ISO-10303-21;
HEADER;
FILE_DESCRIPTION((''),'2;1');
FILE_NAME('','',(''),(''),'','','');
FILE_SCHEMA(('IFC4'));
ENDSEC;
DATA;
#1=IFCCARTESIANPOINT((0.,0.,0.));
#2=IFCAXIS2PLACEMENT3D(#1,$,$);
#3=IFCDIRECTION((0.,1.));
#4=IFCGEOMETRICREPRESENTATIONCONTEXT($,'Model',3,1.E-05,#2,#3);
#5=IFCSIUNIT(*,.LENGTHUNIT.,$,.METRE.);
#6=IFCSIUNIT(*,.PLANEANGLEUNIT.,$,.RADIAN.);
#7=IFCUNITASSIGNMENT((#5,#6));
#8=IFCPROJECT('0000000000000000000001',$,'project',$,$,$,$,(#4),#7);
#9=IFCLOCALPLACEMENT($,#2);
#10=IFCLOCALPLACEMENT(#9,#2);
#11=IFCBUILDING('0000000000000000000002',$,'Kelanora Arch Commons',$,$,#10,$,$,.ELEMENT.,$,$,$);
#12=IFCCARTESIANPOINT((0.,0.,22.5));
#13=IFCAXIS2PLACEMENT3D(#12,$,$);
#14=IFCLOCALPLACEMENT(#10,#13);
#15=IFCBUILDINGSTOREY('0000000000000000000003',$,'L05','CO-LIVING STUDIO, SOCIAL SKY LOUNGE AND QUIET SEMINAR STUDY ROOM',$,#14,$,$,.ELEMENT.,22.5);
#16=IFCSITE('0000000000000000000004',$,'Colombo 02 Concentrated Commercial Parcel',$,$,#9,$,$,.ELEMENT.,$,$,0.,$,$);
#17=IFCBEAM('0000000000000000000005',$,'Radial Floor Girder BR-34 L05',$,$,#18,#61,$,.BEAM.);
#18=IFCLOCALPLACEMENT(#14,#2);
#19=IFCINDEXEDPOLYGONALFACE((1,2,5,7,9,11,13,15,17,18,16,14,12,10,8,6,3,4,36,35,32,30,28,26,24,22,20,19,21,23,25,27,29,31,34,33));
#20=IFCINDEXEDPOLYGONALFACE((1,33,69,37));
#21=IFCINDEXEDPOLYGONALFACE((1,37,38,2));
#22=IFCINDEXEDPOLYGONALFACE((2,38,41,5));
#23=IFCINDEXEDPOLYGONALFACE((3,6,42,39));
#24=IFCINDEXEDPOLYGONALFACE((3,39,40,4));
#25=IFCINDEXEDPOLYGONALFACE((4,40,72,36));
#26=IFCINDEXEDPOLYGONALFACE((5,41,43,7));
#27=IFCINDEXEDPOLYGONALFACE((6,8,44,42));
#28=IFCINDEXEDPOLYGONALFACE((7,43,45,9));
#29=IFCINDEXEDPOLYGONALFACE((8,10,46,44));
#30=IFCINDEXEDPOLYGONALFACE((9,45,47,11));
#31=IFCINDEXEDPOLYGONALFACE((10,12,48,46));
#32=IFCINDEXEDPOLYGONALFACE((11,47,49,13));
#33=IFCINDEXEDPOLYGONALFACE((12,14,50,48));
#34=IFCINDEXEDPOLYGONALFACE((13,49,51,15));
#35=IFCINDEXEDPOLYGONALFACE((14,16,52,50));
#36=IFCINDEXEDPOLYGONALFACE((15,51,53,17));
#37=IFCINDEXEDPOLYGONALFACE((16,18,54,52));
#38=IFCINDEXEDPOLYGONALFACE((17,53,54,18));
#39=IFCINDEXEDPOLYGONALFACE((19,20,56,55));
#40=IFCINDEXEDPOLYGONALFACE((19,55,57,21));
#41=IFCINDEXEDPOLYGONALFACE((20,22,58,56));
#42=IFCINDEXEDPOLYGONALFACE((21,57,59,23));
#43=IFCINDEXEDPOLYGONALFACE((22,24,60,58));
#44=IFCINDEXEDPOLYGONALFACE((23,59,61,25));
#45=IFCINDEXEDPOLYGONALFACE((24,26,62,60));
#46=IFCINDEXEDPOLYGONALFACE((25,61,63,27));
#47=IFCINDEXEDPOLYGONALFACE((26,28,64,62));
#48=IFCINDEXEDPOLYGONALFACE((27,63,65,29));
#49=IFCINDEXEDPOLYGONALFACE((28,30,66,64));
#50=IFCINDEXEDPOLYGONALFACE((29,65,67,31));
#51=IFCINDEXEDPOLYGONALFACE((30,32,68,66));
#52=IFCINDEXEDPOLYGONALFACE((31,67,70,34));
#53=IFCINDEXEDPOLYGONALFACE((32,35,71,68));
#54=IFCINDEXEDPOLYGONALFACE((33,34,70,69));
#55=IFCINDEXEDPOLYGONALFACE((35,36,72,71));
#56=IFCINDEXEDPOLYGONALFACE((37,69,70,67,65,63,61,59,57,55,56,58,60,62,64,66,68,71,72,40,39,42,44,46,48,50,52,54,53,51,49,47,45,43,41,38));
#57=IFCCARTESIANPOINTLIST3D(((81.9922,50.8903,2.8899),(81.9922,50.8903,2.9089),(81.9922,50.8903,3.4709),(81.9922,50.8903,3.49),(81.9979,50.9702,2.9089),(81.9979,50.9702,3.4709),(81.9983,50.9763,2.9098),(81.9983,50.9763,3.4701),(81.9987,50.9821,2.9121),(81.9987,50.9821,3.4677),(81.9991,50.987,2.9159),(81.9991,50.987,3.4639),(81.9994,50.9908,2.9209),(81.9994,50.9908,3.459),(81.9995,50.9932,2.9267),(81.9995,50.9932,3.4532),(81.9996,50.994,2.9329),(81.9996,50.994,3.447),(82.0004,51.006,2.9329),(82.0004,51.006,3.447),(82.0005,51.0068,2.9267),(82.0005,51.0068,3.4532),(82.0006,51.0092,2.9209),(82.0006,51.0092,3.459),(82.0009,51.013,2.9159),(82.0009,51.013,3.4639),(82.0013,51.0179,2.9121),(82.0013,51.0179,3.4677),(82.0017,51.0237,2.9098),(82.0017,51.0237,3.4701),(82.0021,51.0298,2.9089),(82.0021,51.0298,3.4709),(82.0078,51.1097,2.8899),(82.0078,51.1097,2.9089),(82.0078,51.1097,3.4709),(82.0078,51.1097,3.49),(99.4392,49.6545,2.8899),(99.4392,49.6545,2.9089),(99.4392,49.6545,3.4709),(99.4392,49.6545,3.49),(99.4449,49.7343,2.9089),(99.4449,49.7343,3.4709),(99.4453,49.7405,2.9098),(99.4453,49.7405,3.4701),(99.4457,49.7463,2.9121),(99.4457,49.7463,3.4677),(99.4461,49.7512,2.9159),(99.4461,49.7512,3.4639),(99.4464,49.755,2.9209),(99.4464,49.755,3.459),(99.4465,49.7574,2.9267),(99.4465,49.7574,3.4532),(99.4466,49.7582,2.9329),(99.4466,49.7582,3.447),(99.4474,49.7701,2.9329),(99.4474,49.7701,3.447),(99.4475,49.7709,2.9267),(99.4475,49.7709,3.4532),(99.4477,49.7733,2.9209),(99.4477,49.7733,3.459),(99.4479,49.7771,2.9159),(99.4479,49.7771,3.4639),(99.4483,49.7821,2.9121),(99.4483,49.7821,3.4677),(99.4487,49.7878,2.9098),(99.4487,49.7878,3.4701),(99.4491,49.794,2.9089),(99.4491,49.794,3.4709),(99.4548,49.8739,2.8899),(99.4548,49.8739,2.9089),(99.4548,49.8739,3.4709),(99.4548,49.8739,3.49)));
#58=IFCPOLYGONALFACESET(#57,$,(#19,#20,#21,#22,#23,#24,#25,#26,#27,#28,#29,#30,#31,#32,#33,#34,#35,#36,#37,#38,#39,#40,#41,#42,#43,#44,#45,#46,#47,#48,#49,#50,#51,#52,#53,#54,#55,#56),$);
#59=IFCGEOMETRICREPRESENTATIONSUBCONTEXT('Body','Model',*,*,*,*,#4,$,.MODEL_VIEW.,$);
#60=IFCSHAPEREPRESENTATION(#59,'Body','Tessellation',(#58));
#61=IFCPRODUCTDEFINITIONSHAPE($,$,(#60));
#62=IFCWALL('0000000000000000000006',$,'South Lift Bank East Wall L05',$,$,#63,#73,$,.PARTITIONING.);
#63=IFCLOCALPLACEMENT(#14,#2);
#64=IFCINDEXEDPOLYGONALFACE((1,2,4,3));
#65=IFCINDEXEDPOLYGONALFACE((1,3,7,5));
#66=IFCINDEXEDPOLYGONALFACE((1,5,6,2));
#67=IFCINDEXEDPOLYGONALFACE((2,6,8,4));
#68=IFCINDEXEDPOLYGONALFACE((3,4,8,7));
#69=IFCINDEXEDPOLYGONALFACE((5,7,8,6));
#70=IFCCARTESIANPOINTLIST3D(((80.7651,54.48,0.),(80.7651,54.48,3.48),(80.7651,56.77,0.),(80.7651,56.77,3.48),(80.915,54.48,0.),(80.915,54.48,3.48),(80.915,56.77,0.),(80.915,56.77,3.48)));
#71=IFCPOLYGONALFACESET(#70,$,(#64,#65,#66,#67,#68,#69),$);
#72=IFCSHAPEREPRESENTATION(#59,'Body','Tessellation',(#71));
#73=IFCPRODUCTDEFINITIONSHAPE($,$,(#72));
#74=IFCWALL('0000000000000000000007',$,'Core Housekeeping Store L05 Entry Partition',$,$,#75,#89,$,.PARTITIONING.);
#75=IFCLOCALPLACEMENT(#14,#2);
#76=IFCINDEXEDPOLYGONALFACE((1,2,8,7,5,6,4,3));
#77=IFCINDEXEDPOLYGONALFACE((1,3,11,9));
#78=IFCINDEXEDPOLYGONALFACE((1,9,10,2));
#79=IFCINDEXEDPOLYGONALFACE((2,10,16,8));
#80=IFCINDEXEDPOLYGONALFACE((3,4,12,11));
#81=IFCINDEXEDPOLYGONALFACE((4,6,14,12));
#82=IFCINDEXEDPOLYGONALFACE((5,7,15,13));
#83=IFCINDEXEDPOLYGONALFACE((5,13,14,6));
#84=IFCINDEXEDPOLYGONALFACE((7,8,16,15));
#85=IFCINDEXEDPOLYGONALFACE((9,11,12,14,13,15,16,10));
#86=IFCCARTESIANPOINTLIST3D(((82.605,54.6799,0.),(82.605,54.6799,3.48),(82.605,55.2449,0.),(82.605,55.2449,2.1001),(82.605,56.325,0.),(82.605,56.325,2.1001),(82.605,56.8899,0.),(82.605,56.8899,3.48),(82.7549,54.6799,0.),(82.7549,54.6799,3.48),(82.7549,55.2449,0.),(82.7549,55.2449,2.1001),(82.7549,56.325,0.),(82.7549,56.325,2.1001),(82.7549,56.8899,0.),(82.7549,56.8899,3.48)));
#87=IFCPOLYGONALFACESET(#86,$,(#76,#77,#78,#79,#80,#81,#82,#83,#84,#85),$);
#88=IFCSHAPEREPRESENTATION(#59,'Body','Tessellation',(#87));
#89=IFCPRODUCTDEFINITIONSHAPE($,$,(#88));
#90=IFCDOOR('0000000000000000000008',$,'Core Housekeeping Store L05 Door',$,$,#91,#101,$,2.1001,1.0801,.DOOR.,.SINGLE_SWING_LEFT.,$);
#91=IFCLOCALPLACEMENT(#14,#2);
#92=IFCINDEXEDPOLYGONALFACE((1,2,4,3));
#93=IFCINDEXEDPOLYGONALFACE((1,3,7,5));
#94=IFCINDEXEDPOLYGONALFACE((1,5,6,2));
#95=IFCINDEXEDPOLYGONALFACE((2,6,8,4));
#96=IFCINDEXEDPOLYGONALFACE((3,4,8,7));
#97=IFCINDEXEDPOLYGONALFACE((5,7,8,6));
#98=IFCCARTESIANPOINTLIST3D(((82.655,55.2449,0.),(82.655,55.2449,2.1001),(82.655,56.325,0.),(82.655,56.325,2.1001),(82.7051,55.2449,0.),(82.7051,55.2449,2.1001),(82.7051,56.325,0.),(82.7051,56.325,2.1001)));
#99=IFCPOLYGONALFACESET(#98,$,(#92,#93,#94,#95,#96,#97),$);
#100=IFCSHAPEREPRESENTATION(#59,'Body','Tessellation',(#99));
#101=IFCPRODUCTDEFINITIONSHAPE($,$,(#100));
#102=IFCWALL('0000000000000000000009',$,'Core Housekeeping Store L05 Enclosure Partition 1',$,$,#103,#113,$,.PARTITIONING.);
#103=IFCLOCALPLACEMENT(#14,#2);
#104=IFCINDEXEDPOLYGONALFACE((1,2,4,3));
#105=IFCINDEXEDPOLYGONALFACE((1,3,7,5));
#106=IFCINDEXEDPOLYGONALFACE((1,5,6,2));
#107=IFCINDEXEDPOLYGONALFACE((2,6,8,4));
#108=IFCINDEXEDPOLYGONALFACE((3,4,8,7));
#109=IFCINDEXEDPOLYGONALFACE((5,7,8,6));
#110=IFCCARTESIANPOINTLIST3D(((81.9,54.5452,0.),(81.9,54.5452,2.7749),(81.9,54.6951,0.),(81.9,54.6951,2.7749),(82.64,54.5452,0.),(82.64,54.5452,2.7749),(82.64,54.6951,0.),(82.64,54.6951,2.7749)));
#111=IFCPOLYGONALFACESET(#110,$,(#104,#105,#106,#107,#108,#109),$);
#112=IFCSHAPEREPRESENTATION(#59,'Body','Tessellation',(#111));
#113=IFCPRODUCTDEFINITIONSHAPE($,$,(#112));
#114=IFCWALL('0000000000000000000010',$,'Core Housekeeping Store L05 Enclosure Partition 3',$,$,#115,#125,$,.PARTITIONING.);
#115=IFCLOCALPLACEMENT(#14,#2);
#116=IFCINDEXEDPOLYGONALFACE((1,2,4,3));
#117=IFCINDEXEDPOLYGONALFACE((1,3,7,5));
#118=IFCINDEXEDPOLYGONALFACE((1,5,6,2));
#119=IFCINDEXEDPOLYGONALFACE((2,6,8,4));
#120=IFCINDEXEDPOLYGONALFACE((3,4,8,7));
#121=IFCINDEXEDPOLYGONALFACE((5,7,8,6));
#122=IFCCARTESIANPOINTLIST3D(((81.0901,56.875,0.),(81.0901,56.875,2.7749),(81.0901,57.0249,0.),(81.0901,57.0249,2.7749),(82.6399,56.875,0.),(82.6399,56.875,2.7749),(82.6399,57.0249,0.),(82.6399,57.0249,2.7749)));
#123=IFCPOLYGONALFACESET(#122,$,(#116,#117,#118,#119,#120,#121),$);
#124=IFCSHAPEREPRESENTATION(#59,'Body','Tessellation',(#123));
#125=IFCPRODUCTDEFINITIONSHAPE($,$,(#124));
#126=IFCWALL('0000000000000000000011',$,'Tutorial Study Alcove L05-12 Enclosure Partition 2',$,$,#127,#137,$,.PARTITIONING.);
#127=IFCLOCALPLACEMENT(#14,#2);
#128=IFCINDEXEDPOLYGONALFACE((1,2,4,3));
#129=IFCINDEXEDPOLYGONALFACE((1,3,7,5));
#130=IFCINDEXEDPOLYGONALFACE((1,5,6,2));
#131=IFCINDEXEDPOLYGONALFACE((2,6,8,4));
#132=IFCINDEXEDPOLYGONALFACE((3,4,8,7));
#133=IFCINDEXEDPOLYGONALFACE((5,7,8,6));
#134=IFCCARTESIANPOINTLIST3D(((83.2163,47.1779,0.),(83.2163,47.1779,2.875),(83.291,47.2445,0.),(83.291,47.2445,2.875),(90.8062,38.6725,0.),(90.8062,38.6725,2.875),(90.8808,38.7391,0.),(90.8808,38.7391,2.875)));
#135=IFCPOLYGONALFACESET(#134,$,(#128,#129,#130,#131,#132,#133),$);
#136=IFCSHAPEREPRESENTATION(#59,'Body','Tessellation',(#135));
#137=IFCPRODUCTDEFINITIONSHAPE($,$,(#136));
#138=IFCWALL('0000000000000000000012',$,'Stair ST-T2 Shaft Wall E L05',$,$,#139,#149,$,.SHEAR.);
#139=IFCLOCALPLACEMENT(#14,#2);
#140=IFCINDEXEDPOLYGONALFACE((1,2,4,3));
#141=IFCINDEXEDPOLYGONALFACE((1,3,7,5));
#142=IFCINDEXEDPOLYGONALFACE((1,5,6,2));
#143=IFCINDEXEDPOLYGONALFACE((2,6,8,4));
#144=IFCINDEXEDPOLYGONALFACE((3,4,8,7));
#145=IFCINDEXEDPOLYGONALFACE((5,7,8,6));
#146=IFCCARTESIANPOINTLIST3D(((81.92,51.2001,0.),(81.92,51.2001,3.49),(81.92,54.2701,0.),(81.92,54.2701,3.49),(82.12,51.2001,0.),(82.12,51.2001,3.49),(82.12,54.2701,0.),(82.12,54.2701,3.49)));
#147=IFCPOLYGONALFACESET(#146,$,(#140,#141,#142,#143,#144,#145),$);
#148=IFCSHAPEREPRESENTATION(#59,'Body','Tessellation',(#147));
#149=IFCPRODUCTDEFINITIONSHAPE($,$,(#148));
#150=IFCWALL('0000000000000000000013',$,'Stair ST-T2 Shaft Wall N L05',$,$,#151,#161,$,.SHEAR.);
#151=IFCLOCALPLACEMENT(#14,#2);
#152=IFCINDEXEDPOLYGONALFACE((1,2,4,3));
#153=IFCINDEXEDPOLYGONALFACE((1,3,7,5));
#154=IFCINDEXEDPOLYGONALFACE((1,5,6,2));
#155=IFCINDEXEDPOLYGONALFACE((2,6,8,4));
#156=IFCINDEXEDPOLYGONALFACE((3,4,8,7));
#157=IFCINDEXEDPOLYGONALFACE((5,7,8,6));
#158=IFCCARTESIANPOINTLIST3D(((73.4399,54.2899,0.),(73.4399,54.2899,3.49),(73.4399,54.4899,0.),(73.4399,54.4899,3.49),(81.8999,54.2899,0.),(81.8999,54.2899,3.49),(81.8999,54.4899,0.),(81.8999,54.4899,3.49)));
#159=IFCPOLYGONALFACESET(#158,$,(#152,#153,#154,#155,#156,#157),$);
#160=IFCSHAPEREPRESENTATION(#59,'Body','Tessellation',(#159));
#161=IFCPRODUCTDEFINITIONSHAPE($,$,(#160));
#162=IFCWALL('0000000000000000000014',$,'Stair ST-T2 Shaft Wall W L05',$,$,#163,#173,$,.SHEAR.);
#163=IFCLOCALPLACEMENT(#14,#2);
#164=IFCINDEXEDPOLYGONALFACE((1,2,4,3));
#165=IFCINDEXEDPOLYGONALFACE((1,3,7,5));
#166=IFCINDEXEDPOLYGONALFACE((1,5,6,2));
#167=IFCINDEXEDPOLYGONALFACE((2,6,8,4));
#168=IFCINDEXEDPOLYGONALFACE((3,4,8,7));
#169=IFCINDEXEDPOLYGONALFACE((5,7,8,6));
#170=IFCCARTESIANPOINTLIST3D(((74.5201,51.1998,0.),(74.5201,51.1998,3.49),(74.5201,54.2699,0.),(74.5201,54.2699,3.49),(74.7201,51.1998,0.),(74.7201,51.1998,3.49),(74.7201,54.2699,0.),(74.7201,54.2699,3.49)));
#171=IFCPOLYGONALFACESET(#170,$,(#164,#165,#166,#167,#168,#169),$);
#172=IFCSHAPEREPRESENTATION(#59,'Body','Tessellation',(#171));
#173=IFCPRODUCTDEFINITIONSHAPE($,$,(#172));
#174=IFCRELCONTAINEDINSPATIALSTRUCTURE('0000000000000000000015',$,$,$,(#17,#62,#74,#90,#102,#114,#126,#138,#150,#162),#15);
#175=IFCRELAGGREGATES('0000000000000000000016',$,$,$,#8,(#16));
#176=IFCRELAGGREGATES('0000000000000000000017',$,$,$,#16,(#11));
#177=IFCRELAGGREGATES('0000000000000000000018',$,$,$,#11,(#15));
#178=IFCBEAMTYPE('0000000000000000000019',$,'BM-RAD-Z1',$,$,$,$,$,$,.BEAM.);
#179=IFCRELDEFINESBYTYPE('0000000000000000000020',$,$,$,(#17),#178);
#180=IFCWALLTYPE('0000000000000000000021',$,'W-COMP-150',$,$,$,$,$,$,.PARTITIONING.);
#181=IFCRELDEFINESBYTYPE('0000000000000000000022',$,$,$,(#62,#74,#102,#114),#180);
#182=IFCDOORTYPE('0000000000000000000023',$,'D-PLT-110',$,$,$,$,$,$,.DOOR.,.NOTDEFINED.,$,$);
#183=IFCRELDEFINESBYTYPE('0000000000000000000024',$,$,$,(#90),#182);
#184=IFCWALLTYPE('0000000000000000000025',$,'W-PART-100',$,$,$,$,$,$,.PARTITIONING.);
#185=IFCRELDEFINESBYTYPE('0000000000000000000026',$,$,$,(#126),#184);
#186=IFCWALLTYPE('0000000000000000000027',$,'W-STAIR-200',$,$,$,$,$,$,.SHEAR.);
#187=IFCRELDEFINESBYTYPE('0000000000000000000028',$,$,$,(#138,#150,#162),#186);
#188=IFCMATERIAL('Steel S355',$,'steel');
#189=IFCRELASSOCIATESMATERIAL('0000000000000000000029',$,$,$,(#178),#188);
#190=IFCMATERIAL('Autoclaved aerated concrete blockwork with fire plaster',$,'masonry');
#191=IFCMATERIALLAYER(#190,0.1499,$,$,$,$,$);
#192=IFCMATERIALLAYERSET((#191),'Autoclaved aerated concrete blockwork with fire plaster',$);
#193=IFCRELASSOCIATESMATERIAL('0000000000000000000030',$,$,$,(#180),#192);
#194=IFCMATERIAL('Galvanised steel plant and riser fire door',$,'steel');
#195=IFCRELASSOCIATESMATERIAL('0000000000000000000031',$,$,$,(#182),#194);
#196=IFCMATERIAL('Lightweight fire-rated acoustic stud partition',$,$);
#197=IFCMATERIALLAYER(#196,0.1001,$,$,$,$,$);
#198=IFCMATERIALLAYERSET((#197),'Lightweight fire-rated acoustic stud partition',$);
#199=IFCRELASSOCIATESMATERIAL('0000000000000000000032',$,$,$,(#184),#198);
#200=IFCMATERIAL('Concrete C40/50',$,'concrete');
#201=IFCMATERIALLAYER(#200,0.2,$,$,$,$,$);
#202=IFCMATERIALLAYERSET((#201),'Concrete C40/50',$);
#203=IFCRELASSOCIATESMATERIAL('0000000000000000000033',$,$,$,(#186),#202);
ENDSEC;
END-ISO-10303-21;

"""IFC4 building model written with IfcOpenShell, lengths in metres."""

from ifc_helpers import new_model, si_unit, direction, frame, frame_2d, origin, origin_2d, place, context, subcontext, project, spatial, rectangle, i_section, extrude, material, layer, layer_set, material_profile, profile_set, type_object, element, fill, save


model = new_model("IFC4")

# Units and contexts
model_context = context("Model", 3, precision=1e-05, world=origin(), true_north=direction((0.0, 1.0)))
body_context = subcontext(model_context, "Body", "Model", "MODEL_VIEW")
ifc_project = project(units=[si_unit("LENGTHUNIT", "METRE"), si_unit("PLANEANGLEUNIT", "RADIAN")], contexts=[model_context])

# Site, building, storey
site_placement = place(None, origin())
site = spatial("IfcSite", under=ifc_project, at=site_placement, Name="Colombo 02 Concentrated Commercial Parcel", CompositionType="ELEMENT", RefElevation=0.0)
building_placement = place(site_placement, origin())
building = spatial("IfcBuilding", under=site, at=building_placement, Name="Kelanora Arch Commons", CompositionType="ELEMENT")
storey_placement = place(building_placement, frame((0.0, 0.0, 22.5)))
storey = spatial("IfcBuildingStorey", under=building, at=storey_placement, Name="L05", Description="CO-LIVING STUDIO, SOCIAL SKY LOUNGE AND QUIET SEMINAR STUDY ROOM", CompositionType="ELEMENT", Elevation=22.5)

# Beam
ifc_material_1 = material(Name="Steel S355", Category="steel")
ifc_material_profile_1 = material_profile(ifc_material_1, i_section(OverallWidth=0.22, OverallDepth=0.6001, WebThickness=0.012, FlangeThickness=0.019, FilletRadius=0.0239, at=origin_2d()), Name="IPE600")
ifc_profile_set_1 = profile_set([ifc_material_profile_1], Name="Steel S355")
beam_type_1 = type_object("IfcBeamType", Name="BM-RAD-Z1", PredefinedType="BEAM", material=ifc_profile_set_1)
beam_1_placement = place(storey_placement, frame((82.0, 51.0, 3.1899), z_axis=(0.997501, -0.070657, 0.0), x_axis=(0.070657, 0.997501, 0.0)))
element("IfcBeam", 1, at=beam_1_placement, inside=storey, type_object=beam_type_1, Name="Radial Floor Girder BR-34 L05", PredefinedType="BEAM", context=body_context, shape_type="SweptSolid", body=[
    extrude(i_section(OverallWidth=0.22, OverallDepth=0.6001, WebThickness=0.012, FlangeThickness=0.019, FilletRadius=0.0239, at=origin_2d()), origin(), (0.0, 0.0, 1.0), 17.4907),
])

# Wall
ifc_material_2 = material(Name="Autoclaved aerated concrete blockwork with fire plaster", Category="masonry")
ifc_layer_1 = layer(ifc_material_2, 0.1499)
ifc_layer_set_1 = layer_set([ifc_layer_1], Name="Autoclaved aerated concrete blockwork with fire plaster")
wall_type_1 = type_object("IfcWallType", Name="W-COMP-150", PredefinedType="PARTITIONING", material=ifc_layer_set_1)
wall_1_placement = place(storey_placement, frame((80.8401, 54.48, 0.0), z_axis=(0.0, 0.0, 1.0), x_axis=(0.0, 1.0, 0.0)))
element("IfcWall", 2, at=wall_1_placement, inside=storey, type_object=wall_type_1, Name="South Lift Bank East Wall L05", PredefinedType="PARTITIONING", context=body_context, shape_type="SweptSolid", body=[
    extrude(rectangle(XDim=2.29, YDim=0.1499, at=frame_2d((1.145, 0.0))), origin(), (0.0, 0.0, 1.0), 3.48),
])

# Wall, opening, door
wall_2_placement = place(storey_placement, frame((82.6799, 54.6799, 0.0), z_axis=(0.0, 0.0, 1.0), x_axis=(0.0, 1.0, 0.0)))
wall_2 = element("IfcWall", 3, at=wall_2_placement, inside=storey, type_object=wall_type_1, Name="Core Housekeeping Store L05 Entry Partition", PredefinedType="PARTITIONING", context=body_context, shape_type="SweptSolid", body=[
    extrude(rectangle(XDim=2.21, YDim=0.1499, at=frame_2d((1.105, 0.0))), origin(), (0.0, 0.0, 1.0), 3.48),
])
opening_1_placement = place(wall_2_placement, frame((0.5649, 0.0, 0.0)))
opening_1 = element("IfcOpeningElement", 4, at=opening_1_placement, cuts=wall_2, PredefinedType="OPENING", context=body_context, shape_type="SweptSolid", body=[
    extrude(rectangle(XDim=1.0801, YDim=2.1001, at=frame_2d((0.54, 1.05))), frame((0.0, 0.085, 0.0), z_axis=(0.0, -1.0, 0.0), x_axis=(1.0, 0.0, 0.0)), (0.0, 0.0, 1.0), 0.1699),
])
ifc_material_3 = material(Name="Galvanised steel plant and riser fire door", Category="steel")
door_type_1 = type_object("IfcDoorType", Name="D-PLT-110", OperationType="NOTDEFINED", PredefinedType="DOOR", material=ifc_material_3)
door_1_placement = place(opening_1_placement, origin())
door_1 = element("IfcDoor", 5, at=door_1_placement, inside=storey, type_object=door_type_1, Name="Core Housekeeping Store L05 Door", OperationType="SINGLE_SWING_LEFT", OverallHeight=2.1001, OverallWidth=1.0801, PredefinedType="DOOR", context=body_context, shape_type="SweptSolid", body=[
    extrude(rectangle(XDim=1.0801, YDim=2.1001, at=frame_2d((0.54, 1.05))), frame((0.0, 0.0249, 0.0), z_axis=(0.0, -1.0, 0.0), x_axis=(1.0, 0.0, 0.0)), (0.0, 0.0, 1.0), 0.05),
])
fill(opening_1, door_1)

# Walls
wall_3_placement = place(storey_placement, frame((81.8999, 54.6201, 0.0), z_axis=(0.0, 0.0, 1.0), x_axis=(1.0, 0.0, 0.0)))
element("IfcWall", 6, at=wall_3_placement, inside=storey, type_object=wall_type_1, Name="Core Housekeeping Store L05 Enclosure Partition 1", PredefinedType="PARTITIONING", context=body_context, shape_type="SweptSolid", body=[
    extrude(rectangle(XDim=0.74, YDim=0.1499, at=frame_2d((0.3701, 0.0))), origin(), (0.0, 0.0, 1.0), 2.7749),
])
wall_4_placement = place(storey_placement, frame((82.6399, 56.95, 0.0), z_axis=(0.0, 0.0, 1.0), x_axis=(-1.0, 0.0, 0.0)))
element("IfcWall", 7, at=wall_4_placement, inside=storey, type_object=wall_type_1, Name="Core Housekeeping Store L05 Enclosure Partition 3", PredefinedType="PARTITIONING", context=body_context, shape_type="SweptSolid", body=[
    extrude(rectangle(XDim=1.5498, YDim=0.1499, at=frame_2d((0.7749, 0.0))), origin(), (0.0, 0.0, 1.0), 2.7749),
])
ifc_material_4 = material(Name="Lightweight fire-rated acoustic stud partition")
ifc_layer_2 = layer(ifc_material_4, 0.1001)
ifc_layer_set_2 = layer_set([ifc_layer_2], Name="Lightweight fire-rated acoustic stud partition")
wall_type_2 = type_object("IfcWallType", Name="W-PART-100", PredefinedType="PARTITIONING", material=ifc_layer_set_2)
wall_5_placement = place(storey_placement, frame((83.2537, 47.2112, 0.0), z_axis=(0.0, 0.0, 1.0), x_axis=(0.665809, -0.746122, 0.0)))
element("IfcWall", 8, at=wall_5_placement, inside=storey, type_object=wall_type_2, Name="Tutorial Study Alcove L05-12 Enclosure Partition 2", PredefinedType="PARTITIONING", context=body_context, shape_type="SweptSolid", body=[
    extrude(rectangle(XDim=11.3994, YDim=0.1001, at=frame_2d((5.6997, 0.0))), origin(), (0.0, 0.0, 1.0), 2.875),
])
ifc_material_5 = material(Name="Concrete C40/50", Category="concrete")
ifc_layer_3 = layer(ifc_material_5, 0.2)
ifc_layer_set_3 = layer_set([ifc_layer_3], Name="Concrete C40/50")
wall_type_3 = type_object("IfcWallType", Name="W-STAIR-200", PredefinedType="SHEAR", material=ifc_layer_set_3)
wall_6_placement = place(storey_placement, frame((82.02, 51.2, 0.0), z_axis=(0.0, 0.0, 1.0), x_axis=(0.0, 1.0, 0.0)))
element("IfcWall", 9, at=wall_6_placement, inside=storey, type_object=wall_type_3, Name="Stair ST-T2 Shaft Wall E L05", PredefinedType="SHEAR", context=body_context, shape_type="SweptSolid", body=[
    extrude(rectangle(XDim=3.0701, YDim=0.2, at=frame_2d((1.5352, 0.0))), origin(), (0.0, 0.0, 1.0), 3.49),
])
wall_7_placement = place(storey_placement, frame((81.8999, 54.3899, 0.0), z_axis=(0.0, 0.0, 1.0), x_axis=(-1.0, 0.0, 0.0)))
element("IfcWall", 10, at=wall_7_placement, inside=storey, type_object=wall_type_3, Name="Stair ST-T2 Shaft Wall N L05", PredefinedType="SHEAR", context=body_context, shape_type="SweptSolid", body=[
    extrude(rectangle(XDim=8.46, YDim=0.2, at=frame_2d((4.23, 0.0))), origin(), (0.0, 0.0, 1.0), 3.49),
])
wall_8_placement = place(storey_placement, frame((74.6201, 54.27, 0.0), z_axis=(0.0, 0.0, 1.0), x_axis=(0.0, -1.0, 0.0)))
element("IfcWall", 11, at=wall_8_placement, inside=storey, type_object=wall_type_3, Name="Stair ST-T2 Shaft Wall W L05", PredefinedType="SHEAR", context=body_context, shape_type="SweptSolid", body=[
    extrude(rectangle(XDim=3.0701, YDim=0.2, at=frame_2d((1.5352, 0.0))), origin(), (0.0, 0.0, 1.0), 3.49),
])

save(model, "model.ifc")
